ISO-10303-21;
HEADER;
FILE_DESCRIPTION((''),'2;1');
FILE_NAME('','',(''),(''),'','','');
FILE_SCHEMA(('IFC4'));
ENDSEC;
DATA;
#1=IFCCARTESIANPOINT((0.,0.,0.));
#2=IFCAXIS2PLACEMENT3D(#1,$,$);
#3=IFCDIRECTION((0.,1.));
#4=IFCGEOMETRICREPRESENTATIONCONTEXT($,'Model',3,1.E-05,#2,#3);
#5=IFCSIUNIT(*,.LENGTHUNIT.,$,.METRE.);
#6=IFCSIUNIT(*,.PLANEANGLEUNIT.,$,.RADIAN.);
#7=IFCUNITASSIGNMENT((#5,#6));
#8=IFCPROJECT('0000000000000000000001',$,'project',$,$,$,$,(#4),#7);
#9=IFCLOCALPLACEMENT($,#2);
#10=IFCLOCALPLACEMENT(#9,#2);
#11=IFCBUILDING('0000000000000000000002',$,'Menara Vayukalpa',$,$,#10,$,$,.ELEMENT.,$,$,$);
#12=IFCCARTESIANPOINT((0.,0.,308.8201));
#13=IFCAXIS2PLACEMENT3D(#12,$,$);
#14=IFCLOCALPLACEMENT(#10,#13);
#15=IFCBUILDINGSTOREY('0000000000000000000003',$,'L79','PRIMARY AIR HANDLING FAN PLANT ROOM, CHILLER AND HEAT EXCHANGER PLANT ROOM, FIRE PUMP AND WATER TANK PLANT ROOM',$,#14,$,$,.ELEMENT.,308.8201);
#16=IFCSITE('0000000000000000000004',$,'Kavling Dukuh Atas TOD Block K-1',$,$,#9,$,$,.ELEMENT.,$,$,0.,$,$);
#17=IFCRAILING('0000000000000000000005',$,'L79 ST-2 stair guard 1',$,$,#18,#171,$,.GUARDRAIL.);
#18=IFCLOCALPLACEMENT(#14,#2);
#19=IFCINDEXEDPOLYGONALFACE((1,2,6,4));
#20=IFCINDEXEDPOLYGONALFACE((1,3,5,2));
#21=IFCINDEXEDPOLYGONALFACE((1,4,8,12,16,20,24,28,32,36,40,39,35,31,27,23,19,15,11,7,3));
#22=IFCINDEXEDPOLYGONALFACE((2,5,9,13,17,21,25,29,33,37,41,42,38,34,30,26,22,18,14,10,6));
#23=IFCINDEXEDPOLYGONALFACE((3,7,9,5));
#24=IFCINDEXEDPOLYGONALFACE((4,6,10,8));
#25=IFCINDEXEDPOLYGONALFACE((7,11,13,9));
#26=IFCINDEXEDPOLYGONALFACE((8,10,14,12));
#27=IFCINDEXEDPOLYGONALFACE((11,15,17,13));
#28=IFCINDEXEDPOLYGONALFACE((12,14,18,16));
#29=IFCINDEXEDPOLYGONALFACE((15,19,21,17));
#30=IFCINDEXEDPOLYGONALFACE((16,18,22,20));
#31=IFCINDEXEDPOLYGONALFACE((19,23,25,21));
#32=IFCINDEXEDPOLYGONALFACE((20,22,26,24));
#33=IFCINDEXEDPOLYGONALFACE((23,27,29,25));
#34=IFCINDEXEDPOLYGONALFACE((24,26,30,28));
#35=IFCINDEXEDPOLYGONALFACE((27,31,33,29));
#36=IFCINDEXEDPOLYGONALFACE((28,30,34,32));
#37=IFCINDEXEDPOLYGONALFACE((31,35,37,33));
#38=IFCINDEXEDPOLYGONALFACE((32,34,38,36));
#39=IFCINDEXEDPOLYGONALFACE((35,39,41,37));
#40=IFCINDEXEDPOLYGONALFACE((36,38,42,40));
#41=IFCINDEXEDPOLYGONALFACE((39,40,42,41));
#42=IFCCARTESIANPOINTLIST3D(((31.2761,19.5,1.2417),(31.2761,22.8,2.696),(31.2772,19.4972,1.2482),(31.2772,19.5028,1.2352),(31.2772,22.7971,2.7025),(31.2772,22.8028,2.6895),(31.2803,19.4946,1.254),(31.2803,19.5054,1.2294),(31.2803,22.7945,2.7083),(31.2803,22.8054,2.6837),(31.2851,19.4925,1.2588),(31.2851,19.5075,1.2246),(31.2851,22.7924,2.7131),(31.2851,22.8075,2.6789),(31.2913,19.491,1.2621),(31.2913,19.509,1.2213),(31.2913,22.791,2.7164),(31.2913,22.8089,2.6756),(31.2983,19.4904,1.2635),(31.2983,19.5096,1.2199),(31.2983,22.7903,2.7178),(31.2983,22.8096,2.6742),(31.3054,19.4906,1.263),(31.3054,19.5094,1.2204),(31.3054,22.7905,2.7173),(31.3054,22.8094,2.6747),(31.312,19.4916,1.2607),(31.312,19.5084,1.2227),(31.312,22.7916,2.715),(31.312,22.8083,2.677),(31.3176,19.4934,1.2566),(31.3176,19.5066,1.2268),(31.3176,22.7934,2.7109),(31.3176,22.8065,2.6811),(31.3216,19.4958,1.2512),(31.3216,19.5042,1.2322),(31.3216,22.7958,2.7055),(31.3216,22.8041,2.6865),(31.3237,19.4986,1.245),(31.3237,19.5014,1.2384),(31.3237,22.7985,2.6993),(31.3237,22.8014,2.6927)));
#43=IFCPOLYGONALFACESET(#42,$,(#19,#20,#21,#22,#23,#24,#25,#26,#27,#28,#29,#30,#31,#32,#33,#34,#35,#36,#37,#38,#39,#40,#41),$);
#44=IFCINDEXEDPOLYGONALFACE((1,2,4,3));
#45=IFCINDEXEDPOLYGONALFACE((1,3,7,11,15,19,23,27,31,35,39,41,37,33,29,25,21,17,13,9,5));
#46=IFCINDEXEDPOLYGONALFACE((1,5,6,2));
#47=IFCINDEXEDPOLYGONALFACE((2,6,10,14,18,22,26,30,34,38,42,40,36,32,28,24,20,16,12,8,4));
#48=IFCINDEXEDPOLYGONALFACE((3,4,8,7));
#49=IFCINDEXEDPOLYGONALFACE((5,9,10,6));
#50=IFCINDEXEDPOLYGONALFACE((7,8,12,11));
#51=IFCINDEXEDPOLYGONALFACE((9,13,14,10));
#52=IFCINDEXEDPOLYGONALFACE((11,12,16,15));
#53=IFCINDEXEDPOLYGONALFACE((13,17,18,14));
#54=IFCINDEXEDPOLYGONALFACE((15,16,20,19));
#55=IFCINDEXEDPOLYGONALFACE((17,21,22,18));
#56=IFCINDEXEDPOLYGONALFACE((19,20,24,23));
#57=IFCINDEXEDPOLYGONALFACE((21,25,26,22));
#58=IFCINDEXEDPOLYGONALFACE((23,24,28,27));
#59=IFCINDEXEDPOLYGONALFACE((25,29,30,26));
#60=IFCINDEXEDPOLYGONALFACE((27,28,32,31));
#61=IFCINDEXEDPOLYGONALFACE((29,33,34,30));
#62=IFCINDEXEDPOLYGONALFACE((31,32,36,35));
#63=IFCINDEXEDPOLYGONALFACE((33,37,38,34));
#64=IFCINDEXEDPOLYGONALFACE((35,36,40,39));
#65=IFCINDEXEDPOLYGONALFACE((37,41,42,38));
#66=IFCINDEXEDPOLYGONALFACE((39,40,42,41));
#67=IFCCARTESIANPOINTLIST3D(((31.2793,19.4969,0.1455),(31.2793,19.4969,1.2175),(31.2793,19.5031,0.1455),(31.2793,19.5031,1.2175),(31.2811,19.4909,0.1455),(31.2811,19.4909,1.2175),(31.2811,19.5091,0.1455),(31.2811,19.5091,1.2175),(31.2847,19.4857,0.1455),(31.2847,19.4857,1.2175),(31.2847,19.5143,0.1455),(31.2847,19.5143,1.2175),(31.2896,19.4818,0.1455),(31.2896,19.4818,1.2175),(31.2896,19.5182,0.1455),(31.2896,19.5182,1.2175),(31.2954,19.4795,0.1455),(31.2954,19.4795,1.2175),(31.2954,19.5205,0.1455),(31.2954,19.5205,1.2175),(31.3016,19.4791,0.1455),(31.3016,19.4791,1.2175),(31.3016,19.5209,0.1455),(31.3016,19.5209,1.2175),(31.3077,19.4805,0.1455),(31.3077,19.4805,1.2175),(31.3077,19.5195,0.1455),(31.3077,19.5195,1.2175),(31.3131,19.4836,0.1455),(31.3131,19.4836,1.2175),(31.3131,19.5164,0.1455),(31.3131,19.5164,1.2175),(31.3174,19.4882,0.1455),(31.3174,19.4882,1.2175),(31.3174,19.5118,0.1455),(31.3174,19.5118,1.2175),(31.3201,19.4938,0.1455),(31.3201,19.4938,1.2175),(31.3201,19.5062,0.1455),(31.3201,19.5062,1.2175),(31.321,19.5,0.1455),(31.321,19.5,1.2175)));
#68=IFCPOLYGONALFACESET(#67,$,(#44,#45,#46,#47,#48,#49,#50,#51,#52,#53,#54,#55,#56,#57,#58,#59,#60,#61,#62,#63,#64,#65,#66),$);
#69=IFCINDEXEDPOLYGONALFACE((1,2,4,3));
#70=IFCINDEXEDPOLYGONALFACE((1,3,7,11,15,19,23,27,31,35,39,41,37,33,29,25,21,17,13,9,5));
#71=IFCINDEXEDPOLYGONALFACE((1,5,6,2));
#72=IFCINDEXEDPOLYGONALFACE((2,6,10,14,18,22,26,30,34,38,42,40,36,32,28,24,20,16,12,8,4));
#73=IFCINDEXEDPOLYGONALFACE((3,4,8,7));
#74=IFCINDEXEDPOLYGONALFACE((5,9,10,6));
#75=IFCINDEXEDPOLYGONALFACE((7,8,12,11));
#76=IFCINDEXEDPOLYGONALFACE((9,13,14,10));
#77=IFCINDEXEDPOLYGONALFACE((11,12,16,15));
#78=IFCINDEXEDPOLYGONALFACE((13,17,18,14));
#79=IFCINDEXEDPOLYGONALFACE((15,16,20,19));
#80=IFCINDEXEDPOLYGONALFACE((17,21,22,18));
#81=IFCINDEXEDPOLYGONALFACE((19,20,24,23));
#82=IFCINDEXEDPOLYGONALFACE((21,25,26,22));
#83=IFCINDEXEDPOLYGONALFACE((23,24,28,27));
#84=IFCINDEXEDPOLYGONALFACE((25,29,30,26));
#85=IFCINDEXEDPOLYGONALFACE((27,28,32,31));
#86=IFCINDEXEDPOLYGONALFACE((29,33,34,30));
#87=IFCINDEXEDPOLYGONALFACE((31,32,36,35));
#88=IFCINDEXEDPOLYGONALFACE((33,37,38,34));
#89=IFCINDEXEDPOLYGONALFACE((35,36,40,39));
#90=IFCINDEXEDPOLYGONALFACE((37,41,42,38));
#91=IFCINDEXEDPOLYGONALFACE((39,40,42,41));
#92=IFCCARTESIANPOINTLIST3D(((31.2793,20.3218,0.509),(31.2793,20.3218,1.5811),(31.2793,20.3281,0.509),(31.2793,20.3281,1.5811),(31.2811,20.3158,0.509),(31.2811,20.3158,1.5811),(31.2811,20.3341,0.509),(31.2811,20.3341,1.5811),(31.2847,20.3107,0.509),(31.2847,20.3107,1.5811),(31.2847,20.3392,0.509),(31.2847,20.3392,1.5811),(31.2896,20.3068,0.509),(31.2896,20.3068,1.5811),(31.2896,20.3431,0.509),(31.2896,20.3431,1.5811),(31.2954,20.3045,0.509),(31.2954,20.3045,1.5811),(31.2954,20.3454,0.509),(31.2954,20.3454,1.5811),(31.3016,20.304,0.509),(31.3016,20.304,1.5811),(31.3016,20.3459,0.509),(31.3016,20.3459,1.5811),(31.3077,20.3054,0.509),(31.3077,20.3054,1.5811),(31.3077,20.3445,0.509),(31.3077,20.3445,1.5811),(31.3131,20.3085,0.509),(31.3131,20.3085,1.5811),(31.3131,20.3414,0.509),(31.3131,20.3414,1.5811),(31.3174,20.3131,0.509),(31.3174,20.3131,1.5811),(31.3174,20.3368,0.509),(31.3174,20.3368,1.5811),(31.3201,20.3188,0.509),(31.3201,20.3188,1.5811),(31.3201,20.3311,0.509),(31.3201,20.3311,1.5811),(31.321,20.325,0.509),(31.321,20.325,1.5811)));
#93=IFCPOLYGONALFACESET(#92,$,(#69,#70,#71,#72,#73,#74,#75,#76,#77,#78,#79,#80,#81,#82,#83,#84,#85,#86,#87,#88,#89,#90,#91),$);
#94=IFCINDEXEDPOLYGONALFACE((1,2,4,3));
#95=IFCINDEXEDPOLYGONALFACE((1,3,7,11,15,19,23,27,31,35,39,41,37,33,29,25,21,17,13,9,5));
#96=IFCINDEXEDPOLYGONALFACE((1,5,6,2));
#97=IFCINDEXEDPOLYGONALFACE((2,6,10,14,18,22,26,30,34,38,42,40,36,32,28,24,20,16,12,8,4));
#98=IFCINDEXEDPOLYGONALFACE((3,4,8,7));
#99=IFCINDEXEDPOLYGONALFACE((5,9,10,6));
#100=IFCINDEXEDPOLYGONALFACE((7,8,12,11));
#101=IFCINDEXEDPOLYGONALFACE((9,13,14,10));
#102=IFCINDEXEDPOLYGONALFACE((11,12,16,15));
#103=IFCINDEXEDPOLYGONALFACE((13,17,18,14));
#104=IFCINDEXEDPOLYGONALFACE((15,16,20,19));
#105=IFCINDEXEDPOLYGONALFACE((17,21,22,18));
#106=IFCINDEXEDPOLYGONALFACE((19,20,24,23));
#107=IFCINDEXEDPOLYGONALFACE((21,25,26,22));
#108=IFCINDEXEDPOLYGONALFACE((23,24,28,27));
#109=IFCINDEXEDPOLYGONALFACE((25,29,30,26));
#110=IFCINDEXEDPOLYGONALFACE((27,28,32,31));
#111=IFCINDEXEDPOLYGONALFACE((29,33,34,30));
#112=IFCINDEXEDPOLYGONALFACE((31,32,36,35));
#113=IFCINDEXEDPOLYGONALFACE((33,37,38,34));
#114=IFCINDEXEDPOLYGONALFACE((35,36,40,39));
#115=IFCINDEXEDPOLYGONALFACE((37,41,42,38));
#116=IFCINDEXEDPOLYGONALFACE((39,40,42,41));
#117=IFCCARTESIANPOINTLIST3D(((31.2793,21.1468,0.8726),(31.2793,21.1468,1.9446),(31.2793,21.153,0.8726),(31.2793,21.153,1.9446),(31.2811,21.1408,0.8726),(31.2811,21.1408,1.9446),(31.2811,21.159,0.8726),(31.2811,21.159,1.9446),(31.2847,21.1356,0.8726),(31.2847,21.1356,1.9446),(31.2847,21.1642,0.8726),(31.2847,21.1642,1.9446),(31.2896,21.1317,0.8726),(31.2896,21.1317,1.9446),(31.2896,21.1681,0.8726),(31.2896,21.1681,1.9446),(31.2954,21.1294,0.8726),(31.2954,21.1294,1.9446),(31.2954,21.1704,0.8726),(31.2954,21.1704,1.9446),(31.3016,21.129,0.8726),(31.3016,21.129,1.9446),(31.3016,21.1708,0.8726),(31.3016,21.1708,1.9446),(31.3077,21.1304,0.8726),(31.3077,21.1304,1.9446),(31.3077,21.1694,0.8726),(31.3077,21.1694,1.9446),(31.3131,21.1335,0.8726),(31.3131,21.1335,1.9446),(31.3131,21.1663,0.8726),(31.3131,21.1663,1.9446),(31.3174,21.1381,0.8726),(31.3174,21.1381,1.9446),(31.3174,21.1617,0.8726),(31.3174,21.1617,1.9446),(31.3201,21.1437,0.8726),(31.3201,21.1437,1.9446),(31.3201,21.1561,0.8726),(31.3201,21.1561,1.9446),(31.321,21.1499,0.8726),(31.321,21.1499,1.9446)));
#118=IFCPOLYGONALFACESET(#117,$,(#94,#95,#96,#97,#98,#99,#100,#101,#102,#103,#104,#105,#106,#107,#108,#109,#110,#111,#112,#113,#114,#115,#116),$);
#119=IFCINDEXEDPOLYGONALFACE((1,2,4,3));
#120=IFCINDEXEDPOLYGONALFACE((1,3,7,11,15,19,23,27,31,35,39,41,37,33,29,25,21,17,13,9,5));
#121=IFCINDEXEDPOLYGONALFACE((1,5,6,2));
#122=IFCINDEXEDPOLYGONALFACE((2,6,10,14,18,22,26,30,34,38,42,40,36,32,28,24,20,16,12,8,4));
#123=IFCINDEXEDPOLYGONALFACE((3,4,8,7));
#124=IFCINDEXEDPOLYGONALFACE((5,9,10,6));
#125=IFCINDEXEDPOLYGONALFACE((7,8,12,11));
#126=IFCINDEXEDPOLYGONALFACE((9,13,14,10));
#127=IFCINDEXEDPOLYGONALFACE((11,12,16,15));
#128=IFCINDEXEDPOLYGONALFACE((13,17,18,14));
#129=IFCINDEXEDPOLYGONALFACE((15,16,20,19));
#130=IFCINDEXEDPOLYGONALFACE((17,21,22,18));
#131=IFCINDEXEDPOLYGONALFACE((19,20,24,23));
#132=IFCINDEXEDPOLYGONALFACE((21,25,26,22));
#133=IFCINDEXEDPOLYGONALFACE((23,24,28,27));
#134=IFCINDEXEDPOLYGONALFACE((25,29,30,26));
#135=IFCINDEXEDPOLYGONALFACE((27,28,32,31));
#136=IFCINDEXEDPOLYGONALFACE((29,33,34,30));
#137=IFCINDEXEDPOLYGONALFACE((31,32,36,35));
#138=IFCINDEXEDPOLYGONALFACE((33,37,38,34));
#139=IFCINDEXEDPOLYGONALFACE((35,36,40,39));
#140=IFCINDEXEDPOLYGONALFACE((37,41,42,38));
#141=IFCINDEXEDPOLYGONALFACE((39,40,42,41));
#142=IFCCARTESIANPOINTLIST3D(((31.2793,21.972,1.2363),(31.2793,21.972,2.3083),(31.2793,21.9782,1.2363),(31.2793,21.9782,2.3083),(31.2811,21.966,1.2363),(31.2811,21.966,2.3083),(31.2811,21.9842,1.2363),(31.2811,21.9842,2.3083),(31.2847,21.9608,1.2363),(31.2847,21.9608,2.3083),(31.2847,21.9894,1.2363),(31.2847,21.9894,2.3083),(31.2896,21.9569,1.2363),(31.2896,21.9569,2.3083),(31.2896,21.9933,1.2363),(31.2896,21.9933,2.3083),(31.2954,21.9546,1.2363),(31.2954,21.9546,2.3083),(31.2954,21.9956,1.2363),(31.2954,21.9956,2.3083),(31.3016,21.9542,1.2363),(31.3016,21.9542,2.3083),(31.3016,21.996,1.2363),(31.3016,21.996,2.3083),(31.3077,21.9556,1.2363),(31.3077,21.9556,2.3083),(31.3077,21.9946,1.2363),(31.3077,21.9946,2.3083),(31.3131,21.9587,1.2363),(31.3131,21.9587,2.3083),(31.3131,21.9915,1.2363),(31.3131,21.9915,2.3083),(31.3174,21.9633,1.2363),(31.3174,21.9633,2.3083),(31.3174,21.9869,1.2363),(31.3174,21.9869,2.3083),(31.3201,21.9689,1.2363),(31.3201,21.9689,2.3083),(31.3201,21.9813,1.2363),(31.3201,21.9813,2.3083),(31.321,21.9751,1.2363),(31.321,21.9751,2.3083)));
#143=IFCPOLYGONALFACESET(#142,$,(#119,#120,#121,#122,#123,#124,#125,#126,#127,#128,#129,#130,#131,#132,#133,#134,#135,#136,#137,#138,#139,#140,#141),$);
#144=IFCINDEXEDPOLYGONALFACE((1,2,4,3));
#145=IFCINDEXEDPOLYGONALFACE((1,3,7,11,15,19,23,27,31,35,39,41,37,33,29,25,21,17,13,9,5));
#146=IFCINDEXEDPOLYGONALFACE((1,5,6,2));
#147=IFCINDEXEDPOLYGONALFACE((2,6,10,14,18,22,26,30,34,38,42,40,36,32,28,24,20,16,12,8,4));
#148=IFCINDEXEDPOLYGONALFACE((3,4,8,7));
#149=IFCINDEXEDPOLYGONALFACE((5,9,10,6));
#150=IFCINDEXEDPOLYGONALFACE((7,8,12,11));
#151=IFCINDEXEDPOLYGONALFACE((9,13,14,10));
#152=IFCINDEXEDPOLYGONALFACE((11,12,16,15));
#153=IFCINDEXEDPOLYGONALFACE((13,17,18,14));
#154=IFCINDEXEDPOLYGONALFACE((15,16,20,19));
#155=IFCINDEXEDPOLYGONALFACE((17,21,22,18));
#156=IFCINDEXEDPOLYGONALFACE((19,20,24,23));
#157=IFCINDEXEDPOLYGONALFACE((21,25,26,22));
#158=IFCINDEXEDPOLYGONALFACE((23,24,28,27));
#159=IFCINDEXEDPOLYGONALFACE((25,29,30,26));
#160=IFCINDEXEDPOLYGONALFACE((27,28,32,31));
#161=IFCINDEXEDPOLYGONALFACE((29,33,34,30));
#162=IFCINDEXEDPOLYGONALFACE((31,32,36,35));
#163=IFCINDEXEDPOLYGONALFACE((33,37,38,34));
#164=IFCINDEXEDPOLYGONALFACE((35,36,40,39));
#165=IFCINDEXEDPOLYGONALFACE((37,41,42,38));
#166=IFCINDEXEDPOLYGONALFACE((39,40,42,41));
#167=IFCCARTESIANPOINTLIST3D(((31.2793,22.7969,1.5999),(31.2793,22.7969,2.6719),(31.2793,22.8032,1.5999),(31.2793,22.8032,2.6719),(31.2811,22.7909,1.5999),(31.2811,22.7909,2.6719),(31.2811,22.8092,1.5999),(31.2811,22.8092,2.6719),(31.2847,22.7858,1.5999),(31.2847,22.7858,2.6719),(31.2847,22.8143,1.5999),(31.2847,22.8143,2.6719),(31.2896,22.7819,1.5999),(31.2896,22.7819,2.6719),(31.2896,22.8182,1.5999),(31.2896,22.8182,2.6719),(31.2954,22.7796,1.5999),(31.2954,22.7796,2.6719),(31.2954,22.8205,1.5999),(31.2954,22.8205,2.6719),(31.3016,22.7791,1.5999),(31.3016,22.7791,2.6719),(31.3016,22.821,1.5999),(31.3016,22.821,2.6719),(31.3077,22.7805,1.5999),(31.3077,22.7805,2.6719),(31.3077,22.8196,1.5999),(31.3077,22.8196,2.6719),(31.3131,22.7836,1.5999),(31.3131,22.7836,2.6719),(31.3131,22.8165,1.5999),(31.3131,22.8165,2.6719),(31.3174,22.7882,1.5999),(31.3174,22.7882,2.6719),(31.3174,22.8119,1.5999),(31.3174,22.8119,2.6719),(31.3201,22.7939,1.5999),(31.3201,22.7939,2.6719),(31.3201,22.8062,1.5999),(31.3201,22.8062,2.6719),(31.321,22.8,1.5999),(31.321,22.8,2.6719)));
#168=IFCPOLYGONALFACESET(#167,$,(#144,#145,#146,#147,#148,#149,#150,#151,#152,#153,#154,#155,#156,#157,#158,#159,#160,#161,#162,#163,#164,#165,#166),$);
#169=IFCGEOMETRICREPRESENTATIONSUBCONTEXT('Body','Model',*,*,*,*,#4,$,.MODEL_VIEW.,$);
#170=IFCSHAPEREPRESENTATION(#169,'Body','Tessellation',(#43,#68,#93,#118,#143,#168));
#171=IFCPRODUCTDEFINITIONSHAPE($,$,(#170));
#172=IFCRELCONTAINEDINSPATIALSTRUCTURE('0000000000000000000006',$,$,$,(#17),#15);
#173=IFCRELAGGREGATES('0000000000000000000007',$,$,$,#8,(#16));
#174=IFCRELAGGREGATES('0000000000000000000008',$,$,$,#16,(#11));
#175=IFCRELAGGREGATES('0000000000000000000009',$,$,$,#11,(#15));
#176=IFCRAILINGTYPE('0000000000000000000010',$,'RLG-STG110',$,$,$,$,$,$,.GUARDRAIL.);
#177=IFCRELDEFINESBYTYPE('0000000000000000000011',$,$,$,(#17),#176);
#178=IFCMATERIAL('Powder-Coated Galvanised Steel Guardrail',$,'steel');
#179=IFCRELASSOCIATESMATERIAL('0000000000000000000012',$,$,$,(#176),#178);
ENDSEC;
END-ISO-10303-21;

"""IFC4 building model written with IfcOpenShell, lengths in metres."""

from ifc_helpers import new_model, si_unit, direction, frame, origin, origin_2d, place, context, subcontext, project, spatial, circle, extrude, material, type_object, element, save


model = new_model("IFC4")

# Units and contexts
model_context = context("Model", 3, precision=1e-05, world=origin(), true_north=direction((0.0, 1.0)))
body_context = subcontext(model_context, "Body", "Model", "MODEL_VIEW")
ifc_project = project(units=[si_unit("LENGTHUNIT", "METRE"), si_unit("PLANEANGLEUNIT", "RADIAN")], contexts=[model_context])

# Site, building, storey
site_placement = place(None, origin())
site = spatial("IfcSite", under=ifc_project, at=site_placement, Name="Kavling Dukuh Atas TOD Block K-1", CompositionType="ELEMENT", RefElevation=0.0)
building_placement = place(site_placement, origin())
building = spatial("IfcBuilding", under=site, at=building_placement, Name="Menara Vayukalpa", CompositionType="ELEMENT")
storey_placement = place(building_placement, frame((0.0, 0.0, 308.8201)))
storey = spatial("IfcBuildingStorey", under=building, at=storey_placement, Name="L79", Description="PRIMARY AIR HANDLING FAN PLANT ROOM, CHILLER AND HEAT EXCHANGER PLANT ROOM, FIRE PUMP AND WATER TANK PLANT ROOM", CompositionType="ELEMENT", Elevation=308.8201)

# Railing
ifc_material_1 = material(Name="Powder-Coated Galvanised Steel Guardrail", Category="steel")
railing_type_1 = type_object("IfcRailingType", Name="RLG-STG110", PredefinedType="GUARDRAIL", material=ifc_material_1)
railing_1_placement = place(storey_placement, frame((31.3, 19.5, 0.1455)))
element("IfcRailing", 1, at=railing_1_placement, inside=storey, type_object=railing_type_1, Name="L79 ST-2 stair guard 1", PredefinedType="GUARDRAIL", context=body_context, shape_type="SweptSolid", body=[
    extrude(circle(Radius=0.0239, at=origin_2d()), frame((0.0, 0.0, 1.0962), z_axis=(0.0, 0.915077, 0.403278), x_axis=(-1.0, 0.0, 0.0)), (0.0, 0.0, 1.0), 3.6062),
    extrude(circle(Radius=0.021, at=origin_2d()), origin(), (0.0, 0.0, 1.0), 1.072),
    extrude(circle(Radius=0.021, at=origin_2d()), frame((0.0, 0.825, 0.3635)), (0.0, 0.0, 1.0), 1.072),
    extrude(circle(Radius=0.021, at=origin_2d()), frame((0.0, 1.6499, 0.7271)), (0.0, 0.0, 1.0), 1.072),
    extrude(circle(Radius=0.021, at=origin_2d()), frame((0.0, 2.4751, 1.0908)), (0.0, 0.0, 1.0), 1.072),
    extrude(circle(Radius=0.021, at=origin_2d()), frame((0.0, 3.3, 1.4543)), (0.0, 0.0, 1.0), 1.072),
])

save(model, "model.ifc")
